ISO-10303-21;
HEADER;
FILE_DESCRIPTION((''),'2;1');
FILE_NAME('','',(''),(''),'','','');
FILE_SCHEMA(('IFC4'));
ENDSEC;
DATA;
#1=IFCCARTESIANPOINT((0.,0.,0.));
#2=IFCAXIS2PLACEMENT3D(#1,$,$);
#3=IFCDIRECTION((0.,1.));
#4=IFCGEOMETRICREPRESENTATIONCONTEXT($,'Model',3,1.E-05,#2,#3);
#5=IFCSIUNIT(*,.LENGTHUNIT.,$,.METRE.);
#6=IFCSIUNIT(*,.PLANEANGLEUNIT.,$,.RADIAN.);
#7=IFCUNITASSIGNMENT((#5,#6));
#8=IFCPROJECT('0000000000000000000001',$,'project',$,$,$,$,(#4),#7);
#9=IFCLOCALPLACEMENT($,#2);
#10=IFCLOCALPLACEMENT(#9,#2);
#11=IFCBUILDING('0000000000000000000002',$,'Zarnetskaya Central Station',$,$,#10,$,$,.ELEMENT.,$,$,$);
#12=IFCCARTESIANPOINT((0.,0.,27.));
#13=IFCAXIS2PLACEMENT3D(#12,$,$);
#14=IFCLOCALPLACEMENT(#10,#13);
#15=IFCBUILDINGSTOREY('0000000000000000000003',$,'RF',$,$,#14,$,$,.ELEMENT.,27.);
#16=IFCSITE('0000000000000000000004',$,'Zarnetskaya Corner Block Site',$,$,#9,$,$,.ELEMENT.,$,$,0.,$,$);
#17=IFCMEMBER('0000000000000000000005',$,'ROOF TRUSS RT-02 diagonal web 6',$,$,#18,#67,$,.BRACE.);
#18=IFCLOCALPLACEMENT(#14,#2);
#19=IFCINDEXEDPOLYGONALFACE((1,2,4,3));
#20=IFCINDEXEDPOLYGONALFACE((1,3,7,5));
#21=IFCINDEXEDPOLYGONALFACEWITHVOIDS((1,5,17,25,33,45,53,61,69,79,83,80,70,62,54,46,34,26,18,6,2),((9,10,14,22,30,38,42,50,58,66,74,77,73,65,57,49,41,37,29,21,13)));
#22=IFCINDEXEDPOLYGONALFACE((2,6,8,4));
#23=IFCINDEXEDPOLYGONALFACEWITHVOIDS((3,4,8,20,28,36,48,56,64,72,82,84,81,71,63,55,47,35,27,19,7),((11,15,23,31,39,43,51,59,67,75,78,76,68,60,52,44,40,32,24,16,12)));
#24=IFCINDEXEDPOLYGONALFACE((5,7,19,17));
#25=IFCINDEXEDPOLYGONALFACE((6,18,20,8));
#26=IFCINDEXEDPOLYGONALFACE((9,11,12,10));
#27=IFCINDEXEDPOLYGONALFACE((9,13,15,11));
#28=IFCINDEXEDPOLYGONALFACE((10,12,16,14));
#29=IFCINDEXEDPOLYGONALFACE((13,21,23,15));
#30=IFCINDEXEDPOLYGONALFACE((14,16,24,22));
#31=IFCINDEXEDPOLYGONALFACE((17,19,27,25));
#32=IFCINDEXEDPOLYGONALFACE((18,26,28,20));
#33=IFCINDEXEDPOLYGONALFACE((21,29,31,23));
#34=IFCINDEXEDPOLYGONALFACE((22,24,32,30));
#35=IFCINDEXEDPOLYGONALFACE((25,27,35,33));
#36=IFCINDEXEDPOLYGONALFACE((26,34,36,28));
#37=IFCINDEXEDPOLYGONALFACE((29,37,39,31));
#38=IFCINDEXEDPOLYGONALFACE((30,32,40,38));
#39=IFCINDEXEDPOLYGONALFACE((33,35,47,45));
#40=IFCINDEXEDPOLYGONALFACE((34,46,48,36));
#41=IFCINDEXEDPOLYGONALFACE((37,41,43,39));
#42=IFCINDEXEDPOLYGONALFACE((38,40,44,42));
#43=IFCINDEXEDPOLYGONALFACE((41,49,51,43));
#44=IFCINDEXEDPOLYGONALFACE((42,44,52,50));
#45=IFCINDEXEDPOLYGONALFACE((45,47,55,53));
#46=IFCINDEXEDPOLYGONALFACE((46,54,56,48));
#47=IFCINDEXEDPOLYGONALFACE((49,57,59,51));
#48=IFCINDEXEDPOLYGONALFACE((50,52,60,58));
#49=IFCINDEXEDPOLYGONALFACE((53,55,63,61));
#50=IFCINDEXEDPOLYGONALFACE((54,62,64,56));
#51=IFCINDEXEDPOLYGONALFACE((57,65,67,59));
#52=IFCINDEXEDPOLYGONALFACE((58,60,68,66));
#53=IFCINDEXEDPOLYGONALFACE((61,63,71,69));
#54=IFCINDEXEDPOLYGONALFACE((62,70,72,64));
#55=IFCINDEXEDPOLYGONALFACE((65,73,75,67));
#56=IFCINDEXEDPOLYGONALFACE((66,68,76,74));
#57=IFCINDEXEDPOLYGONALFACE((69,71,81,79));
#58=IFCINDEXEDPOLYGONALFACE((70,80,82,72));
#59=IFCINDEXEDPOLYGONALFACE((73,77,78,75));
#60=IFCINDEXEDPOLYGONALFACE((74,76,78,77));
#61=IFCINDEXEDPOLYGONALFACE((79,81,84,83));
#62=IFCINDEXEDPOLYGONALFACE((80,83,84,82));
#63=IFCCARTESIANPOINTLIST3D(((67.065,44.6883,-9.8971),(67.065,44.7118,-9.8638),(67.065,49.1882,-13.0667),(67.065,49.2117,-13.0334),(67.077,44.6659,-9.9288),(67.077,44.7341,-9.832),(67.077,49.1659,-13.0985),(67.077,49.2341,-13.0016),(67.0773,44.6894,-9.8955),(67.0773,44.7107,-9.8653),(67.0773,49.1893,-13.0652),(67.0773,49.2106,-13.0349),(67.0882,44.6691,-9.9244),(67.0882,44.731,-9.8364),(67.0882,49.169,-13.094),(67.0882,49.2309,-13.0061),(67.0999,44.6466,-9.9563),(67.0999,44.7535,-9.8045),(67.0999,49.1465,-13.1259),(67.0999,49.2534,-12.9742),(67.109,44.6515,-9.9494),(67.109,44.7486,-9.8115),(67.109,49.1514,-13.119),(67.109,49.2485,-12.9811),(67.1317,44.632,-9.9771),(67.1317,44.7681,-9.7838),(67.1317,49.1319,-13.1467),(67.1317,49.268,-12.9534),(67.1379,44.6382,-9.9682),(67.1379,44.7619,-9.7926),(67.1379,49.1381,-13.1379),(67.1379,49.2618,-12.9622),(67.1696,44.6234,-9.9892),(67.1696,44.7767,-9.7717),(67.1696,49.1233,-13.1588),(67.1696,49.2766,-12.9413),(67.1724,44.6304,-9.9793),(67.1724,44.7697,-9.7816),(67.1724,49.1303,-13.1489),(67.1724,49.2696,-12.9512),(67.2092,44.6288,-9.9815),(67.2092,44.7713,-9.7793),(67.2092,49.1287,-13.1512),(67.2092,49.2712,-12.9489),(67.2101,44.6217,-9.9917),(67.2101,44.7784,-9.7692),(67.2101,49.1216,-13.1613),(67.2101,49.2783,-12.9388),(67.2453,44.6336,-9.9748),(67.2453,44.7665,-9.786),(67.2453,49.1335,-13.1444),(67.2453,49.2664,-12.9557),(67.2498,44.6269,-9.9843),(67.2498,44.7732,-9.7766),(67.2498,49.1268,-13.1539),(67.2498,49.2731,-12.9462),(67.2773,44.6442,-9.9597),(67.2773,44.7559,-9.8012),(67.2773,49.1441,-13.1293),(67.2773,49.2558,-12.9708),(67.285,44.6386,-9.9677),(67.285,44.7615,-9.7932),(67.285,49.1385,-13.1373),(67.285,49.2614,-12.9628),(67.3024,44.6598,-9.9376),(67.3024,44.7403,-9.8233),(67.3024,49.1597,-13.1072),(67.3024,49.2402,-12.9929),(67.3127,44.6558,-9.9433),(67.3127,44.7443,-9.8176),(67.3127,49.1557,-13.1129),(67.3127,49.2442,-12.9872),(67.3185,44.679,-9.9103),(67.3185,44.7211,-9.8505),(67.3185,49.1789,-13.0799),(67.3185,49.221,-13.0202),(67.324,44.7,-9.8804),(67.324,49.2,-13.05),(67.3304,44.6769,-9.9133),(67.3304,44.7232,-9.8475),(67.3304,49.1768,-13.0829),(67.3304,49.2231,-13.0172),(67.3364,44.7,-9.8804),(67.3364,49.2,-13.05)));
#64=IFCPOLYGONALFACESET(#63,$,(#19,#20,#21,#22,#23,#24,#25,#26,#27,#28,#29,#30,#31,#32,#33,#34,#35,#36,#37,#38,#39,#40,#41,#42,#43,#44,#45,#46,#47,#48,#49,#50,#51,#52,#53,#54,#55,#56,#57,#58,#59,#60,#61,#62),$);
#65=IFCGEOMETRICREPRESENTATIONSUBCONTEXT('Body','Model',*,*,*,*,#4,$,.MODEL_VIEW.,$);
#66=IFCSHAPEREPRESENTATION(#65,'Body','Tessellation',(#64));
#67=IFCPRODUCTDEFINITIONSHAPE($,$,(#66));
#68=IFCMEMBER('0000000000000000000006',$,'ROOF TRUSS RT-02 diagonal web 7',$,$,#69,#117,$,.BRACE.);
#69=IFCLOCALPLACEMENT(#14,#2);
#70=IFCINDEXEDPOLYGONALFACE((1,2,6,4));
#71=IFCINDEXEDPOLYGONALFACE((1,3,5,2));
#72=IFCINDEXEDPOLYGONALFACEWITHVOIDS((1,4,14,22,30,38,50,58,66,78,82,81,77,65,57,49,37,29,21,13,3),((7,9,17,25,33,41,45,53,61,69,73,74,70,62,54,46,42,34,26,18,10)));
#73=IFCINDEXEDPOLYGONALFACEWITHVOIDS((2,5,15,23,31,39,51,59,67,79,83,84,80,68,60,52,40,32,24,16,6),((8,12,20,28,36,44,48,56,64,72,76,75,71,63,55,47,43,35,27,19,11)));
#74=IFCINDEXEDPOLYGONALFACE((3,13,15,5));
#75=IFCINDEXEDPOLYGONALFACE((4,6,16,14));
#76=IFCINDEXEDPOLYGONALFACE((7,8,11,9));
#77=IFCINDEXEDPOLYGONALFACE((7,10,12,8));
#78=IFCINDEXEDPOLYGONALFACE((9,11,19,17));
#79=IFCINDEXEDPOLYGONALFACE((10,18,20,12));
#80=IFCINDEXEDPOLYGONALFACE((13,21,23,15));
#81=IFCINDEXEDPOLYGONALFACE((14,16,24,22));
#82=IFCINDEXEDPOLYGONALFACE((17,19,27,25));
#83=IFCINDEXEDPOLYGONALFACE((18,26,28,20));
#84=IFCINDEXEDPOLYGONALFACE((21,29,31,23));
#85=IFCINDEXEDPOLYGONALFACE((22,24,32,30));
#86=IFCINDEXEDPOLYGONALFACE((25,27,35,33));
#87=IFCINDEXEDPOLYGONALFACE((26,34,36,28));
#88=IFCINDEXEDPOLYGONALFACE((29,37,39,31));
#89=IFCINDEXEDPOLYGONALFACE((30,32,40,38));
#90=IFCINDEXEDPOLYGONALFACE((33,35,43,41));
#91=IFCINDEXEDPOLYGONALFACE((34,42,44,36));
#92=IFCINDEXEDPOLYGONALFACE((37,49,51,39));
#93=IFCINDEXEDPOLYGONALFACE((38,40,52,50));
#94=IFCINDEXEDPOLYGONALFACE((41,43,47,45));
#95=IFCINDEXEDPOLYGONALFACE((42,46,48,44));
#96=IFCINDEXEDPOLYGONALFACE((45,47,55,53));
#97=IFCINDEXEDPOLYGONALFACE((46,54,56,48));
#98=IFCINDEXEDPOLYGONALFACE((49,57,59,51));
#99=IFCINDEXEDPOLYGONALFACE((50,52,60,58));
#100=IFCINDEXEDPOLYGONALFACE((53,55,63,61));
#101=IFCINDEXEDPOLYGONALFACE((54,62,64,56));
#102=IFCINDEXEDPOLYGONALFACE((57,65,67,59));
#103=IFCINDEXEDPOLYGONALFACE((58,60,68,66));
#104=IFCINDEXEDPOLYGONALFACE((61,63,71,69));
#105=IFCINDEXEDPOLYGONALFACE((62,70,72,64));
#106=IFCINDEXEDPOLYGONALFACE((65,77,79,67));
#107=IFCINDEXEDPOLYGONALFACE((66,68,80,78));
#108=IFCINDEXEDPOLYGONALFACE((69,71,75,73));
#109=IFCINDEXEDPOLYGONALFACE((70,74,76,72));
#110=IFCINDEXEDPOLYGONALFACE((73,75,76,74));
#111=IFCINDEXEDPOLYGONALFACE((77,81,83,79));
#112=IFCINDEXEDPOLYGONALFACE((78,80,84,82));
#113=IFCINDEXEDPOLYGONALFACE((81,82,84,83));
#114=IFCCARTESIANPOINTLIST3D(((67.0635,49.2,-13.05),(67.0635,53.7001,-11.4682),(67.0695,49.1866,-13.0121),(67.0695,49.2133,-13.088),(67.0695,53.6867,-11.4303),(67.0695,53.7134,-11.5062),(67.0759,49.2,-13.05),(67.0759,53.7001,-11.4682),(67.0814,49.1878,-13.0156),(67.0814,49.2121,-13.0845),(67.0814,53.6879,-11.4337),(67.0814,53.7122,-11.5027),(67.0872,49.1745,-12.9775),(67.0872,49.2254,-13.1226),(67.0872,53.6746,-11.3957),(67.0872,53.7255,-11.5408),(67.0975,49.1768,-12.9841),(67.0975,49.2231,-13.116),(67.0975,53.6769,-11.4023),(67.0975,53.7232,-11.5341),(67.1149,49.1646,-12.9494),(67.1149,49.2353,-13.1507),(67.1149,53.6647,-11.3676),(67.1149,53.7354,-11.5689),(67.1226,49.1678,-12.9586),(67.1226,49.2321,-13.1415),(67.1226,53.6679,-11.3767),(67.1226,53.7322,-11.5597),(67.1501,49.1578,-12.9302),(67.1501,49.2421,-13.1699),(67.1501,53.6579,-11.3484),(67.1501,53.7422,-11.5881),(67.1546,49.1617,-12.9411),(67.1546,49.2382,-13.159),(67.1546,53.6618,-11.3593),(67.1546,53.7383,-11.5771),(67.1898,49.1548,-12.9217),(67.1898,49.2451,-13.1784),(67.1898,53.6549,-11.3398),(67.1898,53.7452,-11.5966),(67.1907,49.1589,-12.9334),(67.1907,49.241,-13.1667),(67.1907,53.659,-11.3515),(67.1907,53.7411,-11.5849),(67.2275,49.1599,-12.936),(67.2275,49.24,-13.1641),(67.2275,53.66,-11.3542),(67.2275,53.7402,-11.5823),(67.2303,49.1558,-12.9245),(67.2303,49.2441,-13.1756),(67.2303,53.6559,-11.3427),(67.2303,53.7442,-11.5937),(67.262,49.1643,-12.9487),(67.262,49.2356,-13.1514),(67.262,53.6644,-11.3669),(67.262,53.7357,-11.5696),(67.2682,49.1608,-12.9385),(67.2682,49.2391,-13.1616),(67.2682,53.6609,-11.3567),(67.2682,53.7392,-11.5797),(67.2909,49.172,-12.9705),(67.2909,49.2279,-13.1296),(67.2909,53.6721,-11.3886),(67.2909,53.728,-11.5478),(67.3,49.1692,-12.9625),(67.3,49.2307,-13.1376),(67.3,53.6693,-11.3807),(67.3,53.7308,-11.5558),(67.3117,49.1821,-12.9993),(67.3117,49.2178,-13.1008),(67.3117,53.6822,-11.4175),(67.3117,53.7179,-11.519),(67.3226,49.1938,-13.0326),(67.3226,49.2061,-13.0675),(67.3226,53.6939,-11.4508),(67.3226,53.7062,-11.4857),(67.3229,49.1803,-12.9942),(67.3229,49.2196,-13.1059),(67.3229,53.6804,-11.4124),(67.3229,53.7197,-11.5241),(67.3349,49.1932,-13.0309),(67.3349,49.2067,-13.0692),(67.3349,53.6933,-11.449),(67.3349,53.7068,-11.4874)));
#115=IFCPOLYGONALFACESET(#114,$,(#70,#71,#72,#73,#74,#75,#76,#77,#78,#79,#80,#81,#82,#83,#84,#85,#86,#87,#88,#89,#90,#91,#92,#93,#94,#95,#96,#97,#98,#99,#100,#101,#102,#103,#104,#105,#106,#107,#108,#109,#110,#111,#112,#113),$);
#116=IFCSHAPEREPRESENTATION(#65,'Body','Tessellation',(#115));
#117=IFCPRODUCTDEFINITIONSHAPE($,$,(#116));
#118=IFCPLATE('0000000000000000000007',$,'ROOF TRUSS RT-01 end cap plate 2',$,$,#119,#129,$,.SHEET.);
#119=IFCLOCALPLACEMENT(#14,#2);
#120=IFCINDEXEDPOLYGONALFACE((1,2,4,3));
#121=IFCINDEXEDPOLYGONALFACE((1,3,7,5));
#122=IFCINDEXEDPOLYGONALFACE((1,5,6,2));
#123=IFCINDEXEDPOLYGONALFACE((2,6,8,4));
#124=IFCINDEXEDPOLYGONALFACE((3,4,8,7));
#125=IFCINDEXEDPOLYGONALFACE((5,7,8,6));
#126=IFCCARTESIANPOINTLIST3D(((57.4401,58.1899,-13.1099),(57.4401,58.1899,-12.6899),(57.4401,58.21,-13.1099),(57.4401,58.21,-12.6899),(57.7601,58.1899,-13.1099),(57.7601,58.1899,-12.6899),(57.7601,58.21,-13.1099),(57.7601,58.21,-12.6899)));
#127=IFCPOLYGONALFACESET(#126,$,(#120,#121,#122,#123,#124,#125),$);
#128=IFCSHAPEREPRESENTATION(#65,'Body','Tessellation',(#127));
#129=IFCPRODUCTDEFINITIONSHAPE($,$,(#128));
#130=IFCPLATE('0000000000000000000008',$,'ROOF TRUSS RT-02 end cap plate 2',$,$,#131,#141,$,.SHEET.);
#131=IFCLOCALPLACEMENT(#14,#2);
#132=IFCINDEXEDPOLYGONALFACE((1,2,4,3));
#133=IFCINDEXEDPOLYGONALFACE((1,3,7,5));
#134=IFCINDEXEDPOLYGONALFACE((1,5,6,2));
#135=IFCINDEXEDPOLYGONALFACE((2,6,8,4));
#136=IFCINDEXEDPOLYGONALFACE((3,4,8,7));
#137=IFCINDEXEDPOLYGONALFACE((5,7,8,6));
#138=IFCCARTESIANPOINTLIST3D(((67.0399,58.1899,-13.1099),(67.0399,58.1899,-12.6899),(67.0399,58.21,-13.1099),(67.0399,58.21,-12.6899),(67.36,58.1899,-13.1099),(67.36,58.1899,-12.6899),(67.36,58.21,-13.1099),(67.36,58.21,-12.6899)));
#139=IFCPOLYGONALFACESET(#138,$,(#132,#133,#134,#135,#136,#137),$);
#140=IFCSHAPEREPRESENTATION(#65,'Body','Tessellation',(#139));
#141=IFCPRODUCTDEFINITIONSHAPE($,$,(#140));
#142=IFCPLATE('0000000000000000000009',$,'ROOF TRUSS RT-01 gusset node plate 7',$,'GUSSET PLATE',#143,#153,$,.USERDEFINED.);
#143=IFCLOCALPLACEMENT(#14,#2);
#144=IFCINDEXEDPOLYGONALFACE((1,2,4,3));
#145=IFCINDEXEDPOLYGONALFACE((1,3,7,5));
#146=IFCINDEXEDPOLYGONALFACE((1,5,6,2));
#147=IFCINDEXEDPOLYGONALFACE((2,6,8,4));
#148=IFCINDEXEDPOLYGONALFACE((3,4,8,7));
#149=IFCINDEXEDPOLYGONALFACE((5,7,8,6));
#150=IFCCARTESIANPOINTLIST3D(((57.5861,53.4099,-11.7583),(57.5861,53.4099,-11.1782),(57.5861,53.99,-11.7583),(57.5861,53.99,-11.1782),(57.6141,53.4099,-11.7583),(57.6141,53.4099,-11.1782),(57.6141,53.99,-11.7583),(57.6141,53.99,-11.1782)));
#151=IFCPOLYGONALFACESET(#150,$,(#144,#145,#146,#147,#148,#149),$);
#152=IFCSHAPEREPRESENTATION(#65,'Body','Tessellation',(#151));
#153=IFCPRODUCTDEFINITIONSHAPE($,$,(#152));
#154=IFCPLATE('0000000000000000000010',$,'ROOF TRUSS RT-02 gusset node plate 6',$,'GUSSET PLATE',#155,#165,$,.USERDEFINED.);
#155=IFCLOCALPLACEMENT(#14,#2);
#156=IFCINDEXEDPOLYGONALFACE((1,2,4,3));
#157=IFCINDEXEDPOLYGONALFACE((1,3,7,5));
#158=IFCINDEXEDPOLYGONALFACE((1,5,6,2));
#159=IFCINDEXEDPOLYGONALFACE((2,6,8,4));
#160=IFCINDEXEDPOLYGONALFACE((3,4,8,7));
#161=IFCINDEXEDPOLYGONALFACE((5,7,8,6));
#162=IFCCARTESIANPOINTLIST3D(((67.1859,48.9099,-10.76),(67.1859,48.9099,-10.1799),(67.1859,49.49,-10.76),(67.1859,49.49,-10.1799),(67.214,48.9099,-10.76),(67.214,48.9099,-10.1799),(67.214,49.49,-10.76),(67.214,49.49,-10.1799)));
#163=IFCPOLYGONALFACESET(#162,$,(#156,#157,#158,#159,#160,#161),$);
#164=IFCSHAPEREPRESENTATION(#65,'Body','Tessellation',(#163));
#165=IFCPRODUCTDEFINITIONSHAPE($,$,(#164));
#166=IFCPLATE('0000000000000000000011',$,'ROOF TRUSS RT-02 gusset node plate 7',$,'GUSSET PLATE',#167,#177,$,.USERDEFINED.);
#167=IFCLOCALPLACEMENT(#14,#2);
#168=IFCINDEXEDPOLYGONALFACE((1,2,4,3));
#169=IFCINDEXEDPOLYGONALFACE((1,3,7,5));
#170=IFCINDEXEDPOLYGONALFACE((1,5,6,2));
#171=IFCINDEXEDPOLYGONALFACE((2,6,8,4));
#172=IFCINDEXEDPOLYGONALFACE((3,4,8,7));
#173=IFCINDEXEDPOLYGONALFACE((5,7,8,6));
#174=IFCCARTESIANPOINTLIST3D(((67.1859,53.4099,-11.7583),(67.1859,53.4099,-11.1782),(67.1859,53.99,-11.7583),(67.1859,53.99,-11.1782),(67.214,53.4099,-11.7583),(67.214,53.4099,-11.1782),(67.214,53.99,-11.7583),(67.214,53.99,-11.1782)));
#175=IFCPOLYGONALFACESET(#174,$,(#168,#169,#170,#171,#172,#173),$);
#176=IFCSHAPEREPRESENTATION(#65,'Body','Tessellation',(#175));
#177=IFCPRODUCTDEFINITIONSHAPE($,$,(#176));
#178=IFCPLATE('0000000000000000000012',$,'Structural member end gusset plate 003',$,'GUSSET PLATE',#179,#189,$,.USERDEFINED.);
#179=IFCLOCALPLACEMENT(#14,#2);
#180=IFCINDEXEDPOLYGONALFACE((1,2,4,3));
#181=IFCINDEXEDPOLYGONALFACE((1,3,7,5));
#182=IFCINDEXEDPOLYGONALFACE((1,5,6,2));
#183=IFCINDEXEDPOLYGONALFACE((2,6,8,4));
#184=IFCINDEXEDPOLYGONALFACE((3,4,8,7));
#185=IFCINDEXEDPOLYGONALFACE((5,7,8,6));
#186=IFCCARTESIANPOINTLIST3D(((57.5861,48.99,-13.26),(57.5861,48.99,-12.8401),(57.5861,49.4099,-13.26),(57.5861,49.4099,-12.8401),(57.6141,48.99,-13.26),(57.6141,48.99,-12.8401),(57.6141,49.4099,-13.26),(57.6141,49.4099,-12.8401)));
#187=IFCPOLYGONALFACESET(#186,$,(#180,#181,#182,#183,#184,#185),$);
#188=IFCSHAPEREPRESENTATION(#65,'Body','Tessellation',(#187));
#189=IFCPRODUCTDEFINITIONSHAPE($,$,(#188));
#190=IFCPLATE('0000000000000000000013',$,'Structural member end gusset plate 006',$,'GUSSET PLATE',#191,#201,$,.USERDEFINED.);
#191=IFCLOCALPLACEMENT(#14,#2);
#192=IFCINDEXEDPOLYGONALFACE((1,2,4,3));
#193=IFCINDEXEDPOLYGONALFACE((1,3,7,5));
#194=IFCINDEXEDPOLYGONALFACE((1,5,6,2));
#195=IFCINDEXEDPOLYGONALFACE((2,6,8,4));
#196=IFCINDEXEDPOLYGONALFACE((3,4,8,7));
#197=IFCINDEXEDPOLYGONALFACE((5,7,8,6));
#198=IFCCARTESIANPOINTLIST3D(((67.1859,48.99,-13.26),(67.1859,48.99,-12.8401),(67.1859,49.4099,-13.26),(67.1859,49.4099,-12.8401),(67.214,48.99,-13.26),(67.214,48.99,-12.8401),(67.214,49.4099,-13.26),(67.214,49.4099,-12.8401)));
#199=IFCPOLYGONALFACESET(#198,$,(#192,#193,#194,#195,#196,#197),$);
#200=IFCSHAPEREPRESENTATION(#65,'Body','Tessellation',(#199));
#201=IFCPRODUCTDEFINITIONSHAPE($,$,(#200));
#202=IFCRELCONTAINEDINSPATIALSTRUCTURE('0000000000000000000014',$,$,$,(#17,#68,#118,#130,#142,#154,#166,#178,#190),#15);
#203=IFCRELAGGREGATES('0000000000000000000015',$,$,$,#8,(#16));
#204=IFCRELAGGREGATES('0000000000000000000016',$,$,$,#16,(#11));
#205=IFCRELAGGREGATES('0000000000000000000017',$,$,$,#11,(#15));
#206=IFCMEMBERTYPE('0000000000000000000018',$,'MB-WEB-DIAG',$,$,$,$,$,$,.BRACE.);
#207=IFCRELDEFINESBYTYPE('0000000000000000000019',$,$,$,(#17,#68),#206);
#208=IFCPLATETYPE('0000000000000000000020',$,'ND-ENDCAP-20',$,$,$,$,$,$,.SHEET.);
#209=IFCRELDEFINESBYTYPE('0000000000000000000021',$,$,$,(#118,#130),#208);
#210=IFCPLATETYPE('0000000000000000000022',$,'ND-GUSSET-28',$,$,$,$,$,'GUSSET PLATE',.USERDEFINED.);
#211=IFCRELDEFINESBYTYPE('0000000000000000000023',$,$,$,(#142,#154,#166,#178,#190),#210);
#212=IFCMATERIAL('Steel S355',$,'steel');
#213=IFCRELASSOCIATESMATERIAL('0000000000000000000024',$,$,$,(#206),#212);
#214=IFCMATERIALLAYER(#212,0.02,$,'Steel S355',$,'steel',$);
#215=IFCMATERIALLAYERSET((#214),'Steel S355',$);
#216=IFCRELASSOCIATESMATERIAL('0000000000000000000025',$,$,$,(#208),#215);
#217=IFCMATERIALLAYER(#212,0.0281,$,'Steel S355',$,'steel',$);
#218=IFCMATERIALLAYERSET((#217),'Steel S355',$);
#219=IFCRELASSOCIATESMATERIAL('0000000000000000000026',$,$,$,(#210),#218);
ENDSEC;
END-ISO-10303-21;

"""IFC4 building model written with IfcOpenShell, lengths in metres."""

from ifc_helpers import new_model, si_unit, direction, frame, origin, origin_2d, place, context, subcontext, project, spatial, rectangle, hollow_circle, extrude, material, layer, layer_set, material_profile, profile_set, type_object, element, save


model = new_model("IFC4")

# Units and contexts
model_context = context("Model", 3, precision=1e-05, world=origin(), true_north=direction((0.0, 1.0)))
body_context = subcontext(model_context, "Body", "Model", "MODEL_VIEW")
ifc_project = project(units=[si_unit("LENGTHUNIT", "METRE"), si_unit("PLANEANGLEUNIT", "RADIAN")], contexts=[model_context])

# Site, building, storey
site_placement = place(None, origin())
site = spatial("IfcSite", under=ifc_project, at=site_placement, Name="Zarnetskaya Corner Block Site", CompositionType="ELEMENT", RefElevation=0.0)
building_placement = place(site_placement, origin())
building = spatial("IfcBuilding", under=site, at=building_placement, Name="Zarnetskaya Central Station", CompositionType="ELEMENT")
storey_placement = place(building_placement, frame((0.0, 0.0, 27.0)))
storey = spatial("IfcBuildingStorey", under=building, at=storey_placement, Name="RF", CompositionType="ELEMENT", Elevation=27.0)

# Shared definitions
ifc_material_1 = material(Name="Steel S355", Category="steel")

# Members
ifc_material_profile_1 = material_profile(ifc_material_1, hollow_circle(Radius=0.1365, WallThickness=0.0125, at=origin_2d()), Name="CHS 273x12.5")
ifc_profile_set_1 = profile_set([ifc_material_profile_1], Name="Steel S355")
member_type_1 = type_object("IfcMemberType", Name="MB-WEB-DIAG", PredefinedType="BRACE", material=ifc_profile_set_1)
member_1_placement = place(storey_placement, frame((67.2, 49.2, -13.05), z_axis=(0.0, -0.817549, 0.575859), x_axis=(1.0, 0.0, 0.0)))
element("IfcMember", 1, at=member_1_placement, inside=storey, type_object=member_type_1, Name="ROOF TRUSS RT-02 diagonal web 6", PredefinedType="BRACE", context=body_context, shape_type="SweptSolid", body=[
    extrude(hollow_circle(Radius=0.1365, WallThickness=0.0125, at=origin_2d()), origin(), (0.0, 0.0, 1.0), 5.5042),
])
member_2_placement = place(storey_placement, frame((67.2, 49.2, -13.05), z_axis=(0.0, 0.943414, 0.331618), x_axis=(-1.0, 0.0, 0.0)))
element("IfcMember", 2, at=member_2_placement, inside=storey, type_object=member_type_1, Name="ROOF TRUSS RT-02 diagonal web 7", PredefinedType="BRACE", context=body_context, shape_type="SweptSolid", body=[
    extrude(hollow_circle(Radius=0.1365, WallThickness=0.0125, at=origin_2d()), origin(), (0.0, 0.0, 1.0), 4.77),
])

# Plates
ifc_layer_1 = layer(ifc_material_1, 0.02, Name="Steel S355", Category="steel")
ifc_layer_set_1 = layer_set([ifc_layer_1], Name="Steel S355")
plate_type_1 = type_object("IfcPlateType", Name="ND-ENDCAP-20", PredefinedType="SHEET", material=ifc_layer_set_1)
for number, where, z_axis, x_axis, name in (
    (3, (57.6001, 58.2, -13.1099), (0.0, 0.0, 1.0), (1.0, 0.0, 0.0), "ROOF TRUSS RT-01 end cap plate 2"),
    (4, (67.2, 58.2, -13.1099), (0.0, 0.0, 1.0), (1.0, 0.0, 0.0), "ROOF TRUSS RT-02 end cap plate 2"),
):
    element("IfcPlate", number, at=place(storey_placement, frame(where, z_axis=z_axis, x_axis=x_axis)), inside=storey, type_object=plate_type_1, Name=name, PredefinedType="SHEET", context=body_context, shape_type="SweptSolid", body=[
        extrude(rectangle(XDim=0.3201, YDim=0.02, at=origin_2d()), origin(), (0.0, 0.0, 1.0), 0.4199),
    ])
ifc_layer_2 = layer(ifc_material_1, 0.0281, Name="Steel S355", Category="steel")
ifc_layer_set_2 = layer_set([ifc_layer_2], Name="Steel S355")
plate_type_2 = type_object("IfcPlateType", Name="ND-GUSSET-28", ElementType="GUSSET PLATE", PredefinedType="USERDEFINED", material=ifc_layer_set_2)
for number, where, z_axis, x_axis, name in (
    (5, (57.6001, 53.7, -11.7583), (0.0, 0.0, 1.0), (1.0, 0.0, 0.0), "ROOF TRUSS RT-01 gusset node plate 7"),
    (6, (67.2, 49.2, -10.76), (0.0, 0.0, 1.0), (1.0, 0.0, 0.0), "ROOF TRUSS RT-02 gusset node plate 6"),
    (7, (67.2, 53.7, -11.7583), (0.0, 0.0, 1.0), (1.0, 0.0, 0.0), "ROOF TRUSS RT-02 gusset node plate 7"),
):
    element("IfcPlate", number, at=place(storey_placement, frame(where, z_axis=z_axis, x_axis=x_axis)), inside=storey, type_object=plate_type_2, Name=name, ObjectType="GUSSET PLATE", PredefinedType="USERDEFINED", context=body_context, shape_type="SweptSolid", body=[
        extrude(rectangle(XDim=0.0281, YDim=0.5801, at=origin_2d()), origin(), (0.0, 0.0, 1.0), 0.5801),
    ])
for number, where, z_axis, x_axis, name in (
    (8, (57.6001, 49.2, -13.26), (0.0, 0.0, 1.0), (1.0, 0.0, 0.0), "Structural member end gusset plate 003"),
    (9, (67.2, 49.2, -13.26), (0.0, 0.0, 1.0), (1.0, 0.0, 0.0), "Structural member end gusset plate 006"),
):
    element("IfcPlate", number, at=place(storey_placement, frame(where, z_axis=z_axis, x_axis=x_axis)), inside=storey, type_object=plate_type_2, Name=name, ObjectType="GUSSET PLATE", PredefinedType="USERDEFINED", context=body_context, shape_type="SweptSolid", body=[
        extrude(rectangle(XDim=0.0281, YDim=0.4199, at=origin_2d()), origin(), (0.0, 0.0, 1.0), 0.4199),
    ])

save(model, "model.ifc")
